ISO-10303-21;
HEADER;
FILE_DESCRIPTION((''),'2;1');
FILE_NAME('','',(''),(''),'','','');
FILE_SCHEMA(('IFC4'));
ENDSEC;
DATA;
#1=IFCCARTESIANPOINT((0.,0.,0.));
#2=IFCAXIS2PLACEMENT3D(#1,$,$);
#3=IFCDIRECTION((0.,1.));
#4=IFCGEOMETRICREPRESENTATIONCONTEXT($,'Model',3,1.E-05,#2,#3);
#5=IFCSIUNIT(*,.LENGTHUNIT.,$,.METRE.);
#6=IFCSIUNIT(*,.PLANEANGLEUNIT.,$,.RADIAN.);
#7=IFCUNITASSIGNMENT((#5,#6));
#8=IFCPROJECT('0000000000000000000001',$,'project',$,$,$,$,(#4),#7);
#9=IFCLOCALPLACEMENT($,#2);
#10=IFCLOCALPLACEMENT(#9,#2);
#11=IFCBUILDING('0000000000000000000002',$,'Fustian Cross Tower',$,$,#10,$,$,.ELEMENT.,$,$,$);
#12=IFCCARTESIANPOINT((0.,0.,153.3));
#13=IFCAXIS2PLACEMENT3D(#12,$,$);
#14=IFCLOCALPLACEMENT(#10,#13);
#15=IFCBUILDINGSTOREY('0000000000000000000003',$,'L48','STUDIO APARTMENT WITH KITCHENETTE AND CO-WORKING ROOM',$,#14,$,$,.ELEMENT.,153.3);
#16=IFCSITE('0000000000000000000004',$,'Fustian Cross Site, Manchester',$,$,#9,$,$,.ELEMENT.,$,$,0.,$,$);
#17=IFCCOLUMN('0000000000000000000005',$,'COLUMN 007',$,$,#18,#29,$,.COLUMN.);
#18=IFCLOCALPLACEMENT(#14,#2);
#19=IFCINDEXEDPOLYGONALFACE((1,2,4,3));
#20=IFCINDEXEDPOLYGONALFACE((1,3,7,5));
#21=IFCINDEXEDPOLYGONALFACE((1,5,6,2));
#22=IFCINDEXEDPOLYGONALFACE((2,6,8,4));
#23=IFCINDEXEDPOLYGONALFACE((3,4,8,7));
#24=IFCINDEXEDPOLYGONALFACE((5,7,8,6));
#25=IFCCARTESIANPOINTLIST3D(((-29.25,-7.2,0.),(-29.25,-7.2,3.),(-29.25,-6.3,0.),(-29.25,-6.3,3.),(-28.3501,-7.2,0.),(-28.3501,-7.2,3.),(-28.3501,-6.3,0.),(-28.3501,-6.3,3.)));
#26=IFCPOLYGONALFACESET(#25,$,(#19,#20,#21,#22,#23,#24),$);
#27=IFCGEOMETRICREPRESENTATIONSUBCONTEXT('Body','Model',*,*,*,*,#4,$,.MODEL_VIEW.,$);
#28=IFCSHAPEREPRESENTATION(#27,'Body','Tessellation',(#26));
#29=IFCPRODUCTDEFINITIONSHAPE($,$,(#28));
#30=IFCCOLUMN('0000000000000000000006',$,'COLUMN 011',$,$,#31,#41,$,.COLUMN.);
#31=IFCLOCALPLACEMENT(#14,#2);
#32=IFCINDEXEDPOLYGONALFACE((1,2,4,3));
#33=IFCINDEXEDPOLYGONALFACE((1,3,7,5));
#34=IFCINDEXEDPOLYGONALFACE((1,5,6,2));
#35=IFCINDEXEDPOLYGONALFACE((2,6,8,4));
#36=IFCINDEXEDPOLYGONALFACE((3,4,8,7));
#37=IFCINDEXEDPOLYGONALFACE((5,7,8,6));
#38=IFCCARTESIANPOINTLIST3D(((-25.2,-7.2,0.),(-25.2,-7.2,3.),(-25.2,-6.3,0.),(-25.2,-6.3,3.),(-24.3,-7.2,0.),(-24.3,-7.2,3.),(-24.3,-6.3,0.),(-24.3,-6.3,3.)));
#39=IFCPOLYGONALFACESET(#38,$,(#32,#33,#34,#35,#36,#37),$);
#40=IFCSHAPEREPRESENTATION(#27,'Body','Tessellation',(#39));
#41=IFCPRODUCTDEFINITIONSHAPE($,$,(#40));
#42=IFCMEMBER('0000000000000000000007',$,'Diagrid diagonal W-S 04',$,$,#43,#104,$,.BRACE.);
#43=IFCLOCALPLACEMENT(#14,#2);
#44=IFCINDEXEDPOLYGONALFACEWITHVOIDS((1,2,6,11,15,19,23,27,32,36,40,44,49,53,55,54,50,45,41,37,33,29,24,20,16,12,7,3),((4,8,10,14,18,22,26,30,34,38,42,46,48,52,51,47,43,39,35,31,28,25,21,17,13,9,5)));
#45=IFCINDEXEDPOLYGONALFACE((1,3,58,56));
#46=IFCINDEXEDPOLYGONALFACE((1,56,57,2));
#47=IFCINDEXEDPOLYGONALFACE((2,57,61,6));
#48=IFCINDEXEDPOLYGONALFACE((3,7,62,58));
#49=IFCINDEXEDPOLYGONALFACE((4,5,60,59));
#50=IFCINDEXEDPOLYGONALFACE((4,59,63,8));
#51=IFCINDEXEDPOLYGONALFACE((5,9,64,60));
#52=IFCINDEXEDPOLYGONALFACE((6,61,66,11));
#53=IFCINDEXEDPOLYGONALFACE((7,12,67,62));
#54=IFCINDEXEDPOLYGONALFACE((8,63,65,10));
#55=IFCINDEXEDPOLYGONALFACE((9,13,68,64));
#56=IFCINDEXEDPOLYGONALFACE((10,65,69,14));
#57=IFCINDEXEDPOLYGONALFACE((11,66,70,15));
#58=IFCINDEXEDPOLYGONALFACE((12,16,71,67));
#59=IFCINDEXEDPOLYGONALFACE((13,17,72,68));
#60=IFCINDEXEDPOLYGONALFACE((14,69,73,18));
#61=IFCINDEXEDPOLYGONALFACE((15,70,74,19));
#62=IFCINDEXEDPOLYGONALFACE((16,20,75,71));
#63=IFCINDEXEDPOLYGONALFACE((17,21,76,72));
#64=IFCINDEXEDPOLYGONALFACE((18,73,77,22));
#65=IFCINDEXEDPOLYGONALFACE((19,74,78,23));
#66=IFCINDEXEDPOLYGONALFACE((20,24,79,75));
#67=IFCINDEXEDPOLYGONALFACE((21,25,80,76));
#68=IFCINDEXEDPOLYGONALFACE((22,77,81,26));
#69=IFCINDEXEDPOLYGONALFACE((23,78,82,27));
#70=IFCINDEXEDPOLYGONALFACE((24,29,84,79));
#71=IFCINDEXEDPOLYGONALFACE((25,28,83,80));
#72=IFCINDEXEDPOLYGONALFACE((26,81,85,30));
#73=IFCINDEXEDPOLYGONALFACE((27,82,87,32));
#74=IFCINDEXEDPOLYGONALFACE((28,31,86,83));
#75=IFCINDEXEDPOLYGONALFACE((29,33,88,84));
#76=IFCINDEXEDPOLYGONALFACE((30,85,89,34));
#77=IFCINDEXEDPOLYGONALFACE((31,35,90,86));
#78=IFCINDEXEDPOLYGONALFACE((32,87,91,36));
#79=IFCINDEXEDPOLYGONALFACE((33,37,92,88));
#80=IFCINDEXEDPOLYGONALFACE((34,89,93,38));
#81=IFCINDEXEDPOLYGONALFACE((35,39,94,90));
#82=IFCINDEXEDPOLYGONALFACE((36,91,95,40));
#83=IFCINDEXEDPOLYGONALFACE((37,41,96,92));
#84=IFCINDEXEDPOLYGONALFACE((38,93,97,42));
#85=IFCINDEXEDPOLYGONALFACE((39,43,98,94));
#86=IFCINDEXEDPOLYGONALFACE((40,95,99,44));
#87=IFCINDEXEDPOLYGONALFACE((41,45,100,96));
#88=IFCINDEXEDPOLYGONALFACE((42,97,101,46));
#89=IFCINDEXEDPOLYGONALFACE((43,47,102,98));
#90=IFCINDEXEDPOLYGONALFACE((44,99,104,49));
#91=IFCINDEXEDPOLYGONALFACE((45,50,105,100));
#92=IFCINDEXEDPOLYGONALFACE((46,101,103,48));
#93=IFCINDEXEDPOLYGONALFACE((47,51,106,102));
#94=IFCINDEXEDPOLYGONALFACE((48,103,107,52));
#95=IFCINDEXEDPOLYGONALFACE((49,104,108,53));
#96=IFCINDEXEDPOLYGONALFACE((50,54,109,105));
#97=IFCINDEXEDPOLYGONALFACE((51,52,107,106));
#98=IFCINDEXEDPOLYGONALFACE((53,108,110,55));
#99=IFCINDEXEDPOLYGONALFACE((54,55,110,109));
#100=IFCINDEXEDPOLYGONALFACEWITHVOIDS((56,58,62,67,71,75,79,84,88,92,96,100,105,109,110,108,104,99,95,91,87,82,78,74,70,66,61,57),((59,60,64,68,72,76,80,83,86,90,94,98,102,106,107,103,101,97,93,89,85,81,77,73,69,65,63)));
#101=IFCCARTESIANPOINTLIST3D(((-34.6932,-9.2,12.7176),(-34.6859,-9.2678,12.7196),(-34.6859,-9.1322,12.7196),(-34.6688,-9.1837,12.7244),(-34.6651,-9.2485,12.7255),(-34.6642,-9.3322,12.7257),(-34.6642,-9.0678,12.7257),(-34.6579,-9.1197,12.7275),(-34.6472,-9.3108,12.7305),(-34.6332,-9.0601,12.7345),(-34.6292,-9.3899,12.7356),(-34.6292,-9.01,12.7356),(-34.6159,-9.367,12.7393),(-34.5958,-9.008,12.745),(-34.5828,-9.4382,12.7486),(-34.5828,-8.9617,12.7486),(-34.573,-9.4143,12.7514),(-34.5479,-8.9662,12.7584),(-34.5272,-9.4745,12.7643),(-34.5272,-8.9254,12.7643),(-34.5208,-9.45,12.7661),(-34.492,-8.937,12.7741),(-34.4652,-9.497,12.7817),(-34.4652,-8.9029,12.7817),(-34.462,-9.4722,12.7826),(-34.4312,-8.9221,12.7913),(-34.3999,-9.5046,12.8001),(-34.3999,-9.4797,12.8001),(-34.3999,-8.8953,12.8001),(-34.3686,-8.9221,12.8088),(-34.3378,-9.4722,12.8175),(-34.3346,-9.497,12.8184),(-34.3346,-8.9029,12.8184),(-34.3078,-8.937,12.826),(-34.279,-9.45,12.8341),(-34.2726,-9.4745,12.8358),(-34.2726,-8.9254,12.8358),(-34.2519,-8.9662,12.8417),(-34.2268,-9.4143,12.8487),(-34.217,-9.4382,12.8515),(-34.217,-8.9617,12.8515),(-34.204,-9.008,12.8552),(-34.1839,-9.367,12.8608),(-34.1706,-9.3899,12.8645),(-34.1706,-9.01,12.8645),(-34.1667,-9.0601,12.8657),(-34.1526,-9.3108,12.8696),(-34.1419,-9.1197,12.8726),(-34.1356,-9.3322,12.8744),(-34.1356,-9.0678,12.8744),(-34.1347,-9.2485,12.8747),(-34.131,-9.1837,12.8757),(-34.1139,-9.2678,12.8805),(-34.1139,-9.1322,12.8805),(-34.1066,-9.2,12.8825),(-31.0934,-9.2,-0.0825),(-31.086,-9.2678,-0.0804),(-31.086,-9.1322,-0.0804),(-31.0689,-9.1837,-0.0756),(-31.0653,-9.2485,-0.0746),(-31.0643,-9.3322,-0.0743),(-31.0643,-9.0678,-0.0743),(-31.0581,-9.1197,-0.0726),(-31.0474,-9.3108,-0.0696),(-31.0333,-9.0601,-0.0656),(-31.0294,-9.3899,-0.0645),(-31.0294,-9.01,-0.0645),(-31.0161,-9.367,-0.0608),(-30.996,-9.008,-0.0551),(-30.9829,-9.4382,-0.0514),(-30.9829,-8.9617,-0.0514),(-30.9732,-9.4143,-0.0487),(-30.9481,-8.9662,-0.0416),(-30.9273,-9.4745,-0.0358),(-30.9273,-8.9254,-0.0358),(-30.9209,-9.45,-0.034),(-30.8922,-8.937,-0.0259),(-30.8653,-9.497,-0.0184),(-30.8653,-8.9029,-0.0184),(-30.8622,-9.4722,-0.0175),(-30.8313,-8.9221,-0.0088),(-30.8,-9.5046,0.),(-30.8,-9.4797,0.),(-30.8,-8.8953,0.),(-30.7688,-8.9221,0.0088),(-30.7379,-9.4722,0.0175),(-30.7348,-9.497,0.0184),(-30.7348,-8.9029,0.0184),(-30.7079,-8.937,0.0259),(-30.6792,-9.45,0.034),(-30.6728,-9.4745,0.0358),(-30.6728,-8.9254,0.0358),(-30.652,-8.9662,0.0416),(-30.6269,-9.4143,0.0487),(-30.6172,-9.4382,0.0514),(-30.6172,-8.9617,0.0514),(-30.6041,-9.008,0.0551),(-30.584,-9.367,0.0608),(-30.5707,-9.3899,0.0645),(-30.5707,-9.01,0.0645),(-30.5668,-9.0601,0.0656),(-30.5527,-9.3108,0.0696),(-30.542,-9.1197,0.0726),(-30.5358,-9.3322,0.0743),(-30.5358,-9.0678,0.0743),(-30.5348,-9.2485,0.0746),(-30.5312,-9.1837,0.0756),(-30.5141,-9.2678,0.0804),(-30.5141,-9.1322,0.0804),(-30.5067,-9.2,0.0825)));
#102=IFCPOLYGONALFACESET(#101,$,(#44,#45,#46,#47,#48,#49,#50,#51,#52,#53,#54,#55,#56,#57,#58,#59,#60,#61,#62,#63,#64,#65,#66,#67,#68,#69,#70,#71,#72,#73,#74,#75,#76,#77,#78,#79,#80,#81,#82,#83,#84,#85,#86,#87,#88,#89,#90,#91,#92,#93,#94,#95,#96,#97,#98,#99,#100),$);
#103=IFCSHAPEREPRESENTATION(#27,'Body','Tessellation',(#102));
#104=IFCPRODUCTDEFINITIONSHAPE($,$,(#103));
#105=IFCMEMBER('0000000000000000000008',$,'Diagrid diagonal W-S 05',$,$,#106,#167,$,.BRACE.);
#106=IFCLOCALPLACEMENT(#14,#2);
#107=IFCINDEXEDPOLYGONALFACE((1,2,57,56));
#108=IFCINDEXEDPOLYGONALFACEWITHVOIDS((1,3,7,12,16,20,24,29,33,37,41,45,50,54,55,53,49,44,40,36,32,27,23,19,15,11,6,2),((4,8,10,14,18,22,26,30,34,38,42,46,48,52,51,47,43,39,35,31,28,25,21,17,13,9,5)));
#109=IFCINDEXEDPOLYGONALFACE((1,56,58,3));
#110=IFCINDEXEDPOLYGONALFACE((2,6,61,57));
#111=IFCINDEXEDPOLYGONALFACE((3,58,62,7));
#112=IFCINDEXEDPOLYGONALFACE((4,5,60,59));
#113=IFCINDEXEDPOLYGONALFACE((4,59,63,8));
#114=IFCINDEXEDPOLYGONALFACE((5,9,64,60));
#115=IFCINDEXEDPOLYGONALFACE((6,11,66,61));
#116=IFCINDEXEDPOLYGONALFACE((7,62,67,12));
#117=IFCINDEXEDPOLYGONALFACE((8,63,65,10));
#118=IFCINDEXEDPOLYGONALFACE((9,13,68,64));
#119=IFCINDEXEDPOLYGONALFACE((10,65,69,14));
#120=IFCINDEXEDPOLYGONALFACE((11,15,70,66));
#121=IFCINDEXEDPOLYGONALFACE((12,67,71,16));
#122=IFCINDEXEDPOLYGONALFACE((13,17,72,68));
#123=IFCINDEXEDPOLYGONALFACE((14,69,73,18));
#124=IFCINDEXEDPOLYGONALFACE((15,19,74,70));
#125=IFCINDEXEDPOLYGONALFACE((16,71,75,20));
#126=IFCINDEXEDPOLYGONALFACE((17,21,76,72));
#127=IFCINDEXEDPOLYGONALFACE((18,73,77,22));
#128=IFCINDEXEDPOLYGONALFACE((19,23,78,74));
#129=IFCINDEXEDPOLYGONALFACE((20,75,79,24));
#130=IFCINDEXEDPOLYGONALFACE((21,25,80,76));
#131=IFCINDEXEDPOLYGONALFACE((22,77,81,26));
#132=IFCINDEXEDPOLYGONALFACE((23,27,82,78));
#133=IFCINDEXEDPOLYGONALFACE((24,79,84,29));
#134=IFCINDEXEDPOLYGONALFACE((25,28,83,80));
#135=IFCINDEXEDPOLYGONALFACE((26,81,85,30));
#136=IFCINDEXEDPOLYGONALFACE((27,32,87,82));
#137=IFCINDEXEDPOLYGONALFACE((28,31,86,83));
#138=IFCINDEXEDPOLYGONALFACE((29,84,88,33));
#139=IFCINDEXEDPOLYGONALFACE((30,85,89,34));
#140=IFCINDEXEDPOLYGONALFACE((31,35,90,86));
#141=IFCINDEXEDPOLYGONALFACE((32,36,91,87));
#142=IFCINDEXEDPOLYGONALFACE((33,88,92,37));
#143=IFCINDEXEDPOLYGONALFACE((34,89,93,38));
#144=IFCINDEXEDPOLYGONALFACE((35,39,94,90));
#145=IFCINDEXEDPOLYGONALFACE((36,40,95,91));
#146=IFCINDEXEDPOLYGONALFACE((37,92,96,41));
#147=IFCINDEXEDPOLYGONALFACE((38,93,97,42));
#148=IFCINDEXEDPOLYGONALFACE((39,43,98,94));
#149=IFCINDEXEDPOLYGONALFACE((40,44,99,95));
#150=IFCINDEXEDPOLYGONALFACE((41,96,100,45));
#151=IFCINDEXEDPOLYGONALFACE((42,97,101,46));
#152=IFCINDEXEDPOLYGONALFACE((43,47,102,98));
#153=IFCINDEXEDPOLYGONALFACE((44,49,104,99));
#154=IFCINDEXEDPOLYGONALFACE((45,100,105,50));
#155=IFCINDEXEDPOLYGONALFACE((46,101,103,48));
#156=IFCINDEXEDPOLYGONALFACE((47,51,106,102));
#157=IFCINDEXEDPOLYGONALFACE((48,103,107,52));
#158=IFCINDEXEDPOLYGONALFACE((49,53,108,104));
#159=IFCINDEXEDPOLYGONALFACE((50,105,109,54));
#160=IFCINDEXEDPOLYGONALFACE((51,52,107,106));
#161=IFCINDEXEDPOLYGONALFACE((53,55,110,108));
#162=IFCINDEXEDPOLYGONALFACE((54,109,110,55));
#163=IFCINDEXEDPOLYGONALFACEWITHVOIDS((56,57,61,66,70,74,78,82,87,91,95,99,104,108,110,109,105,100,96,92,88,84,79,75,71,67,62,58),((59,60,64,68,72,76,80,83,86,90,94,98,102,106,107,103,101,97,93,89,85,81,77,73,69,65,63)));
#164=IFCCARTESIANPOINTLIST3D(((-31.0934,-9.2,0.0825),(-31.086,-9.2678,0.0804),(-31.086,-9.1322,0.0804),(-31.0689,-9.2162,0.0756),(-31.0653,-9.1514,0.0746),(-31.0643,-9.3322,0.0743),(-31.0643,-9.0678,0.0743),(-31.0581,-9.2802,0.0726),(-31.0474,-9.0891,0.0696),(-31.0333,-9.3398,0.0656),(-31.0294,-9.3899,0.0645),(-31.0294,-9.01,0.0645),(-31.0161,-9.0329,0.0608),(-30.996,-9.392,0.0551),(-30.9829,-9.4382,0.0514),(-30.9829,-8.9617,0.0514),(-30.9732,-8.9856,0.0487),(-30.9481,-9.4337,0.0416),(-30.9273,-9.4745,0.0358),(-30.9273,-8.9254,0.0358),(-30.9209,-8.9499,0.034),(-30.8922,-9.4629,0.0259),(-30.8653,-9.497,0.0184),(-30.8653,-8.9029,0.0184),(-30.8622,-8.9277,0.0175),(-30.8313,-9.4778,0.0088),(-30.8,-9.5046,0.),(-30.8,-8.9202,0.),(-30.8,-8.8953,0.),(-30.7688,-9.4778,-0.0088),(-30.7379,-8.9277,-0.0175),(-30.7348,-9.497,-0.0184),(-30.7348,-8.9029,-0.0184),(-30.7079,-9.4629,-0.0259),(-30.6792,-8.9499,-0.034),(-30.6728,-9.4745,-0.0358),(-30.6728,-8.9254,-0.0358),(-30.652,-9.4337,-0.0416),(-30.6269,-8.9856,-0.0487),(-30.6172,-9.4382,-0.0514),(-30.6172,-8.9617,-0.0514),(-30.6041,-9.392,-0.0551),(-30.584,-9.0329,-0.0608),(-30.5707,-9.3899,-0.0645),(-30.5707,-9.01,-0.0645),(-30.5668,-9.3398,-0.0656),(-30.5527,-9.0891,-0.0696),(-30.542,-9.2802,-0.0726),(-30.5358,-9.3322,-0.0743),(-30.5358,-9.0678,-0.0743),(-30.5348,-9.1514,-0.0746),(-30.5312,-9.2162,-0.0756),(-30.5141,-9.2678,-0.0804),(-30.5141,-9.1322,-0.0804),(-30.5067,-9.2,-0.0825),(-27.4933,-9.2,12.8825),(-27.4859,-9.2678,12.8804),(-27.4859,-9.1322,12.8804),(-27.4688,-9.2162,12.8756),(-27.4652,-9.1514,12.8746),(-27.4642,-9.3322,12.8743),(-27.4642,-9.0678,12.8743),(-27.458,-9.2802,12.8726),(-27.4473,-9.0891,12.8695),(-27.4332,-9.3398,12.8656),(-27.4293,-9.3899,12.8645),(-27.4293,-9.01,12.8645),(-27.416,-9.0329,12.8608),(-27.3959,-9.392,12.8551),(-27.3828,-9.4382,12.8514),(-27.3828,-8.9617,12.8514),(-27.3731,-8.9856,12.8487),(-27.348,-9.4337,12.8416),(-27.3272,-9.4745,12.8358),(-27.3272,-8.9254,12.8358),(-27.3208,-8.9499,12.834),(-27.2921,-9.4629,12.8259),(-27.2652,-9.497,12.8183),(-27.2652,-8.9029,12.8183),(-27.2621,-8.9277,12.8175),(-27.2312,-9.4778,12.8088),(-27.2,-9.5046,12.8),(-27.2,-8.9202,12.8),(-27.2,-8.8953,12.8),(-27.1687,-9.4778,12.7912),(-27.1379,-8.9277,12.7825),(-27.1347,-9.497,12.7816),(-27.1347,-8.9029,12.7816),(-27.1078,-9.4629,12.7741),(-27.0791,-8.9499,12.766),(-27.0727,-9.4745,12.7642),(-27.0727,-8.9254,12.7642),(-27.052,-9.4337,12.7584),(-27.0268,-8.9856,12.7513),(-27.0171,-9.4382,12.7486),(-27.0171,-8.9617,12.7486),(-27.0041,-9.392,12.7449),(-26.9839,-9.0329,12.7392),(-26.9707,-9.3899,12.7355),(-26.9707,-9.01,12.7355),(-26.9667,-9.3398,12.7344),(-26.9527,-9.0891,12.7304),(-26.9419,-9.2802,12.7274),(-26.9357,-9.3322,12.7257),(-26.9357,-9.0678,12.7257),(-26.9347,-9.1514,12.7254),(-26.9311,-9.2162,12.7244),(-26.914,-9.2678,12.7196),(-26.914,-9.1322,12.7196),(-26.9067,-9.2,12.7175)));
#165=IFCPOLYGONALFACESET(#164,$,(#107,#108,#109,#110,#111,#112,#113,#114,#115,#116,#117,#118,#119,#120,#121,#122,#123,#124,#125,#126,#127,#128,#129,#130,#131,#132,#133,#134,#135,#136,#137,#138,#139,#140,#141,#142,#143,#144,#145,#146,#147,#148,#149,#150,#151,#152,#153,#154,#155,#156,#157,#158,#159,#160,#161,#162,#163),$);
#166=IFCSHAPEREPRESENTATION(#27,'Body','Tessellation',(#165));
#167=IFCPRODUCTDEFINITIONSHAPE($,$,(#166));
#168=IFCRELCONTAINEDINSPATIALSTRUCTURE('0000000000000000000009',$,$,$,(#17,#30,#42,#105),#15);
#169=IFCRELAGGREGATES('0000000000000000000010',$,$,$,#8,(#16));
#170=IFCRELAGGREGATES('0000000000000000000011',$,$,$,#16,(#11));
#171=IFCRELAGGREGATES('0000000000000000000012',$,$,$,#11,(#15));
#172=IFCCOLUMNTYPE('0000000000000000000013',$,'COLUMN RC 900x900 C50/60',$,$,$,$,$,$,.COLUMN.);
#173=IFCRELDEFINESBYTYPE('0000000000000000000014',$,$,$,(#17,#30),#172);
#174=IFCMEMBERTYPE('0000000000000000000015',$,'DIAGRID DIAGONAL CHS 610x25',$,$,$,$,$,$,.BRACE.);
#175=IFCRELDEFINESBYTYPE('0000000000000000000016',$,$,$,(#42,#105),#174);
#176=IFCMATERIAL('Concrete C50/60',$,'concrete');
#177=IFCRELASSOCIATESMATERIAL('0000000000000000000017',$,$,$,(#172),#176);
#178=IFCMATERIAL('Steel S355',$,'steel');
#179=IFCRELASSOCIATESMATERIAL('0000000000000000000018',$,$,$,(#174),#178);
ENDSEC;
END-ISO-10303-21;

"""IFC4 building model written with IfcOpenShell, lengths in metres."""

from ifc_helpers import new_model, si_unit, direction, frame, origin, origin_2d, place, context, subcontext, project, spatial, rectangle, hollow_circle, extrude, material, material_profile, profile_set, type_object, element, save


model = new_model("IFC4")

# Units and contexts
model_context = context("Model", 3, precision=1e-05, world=origin(), true_north=direction((0.0, 1.0)))
body_context = subcontext(model_context, "Body", "Model", "MODEL_VIEW")
ifc_project = project(units=[si_unit("LENGTHUNIT", "METRE"), si_unit("PLANEANGLEUNIT", "RADIAN")], contexts=[model_context])

# Site, building, storey
site_placement = place(None, origin())
site = spatial("IfcSite", under=ifc_project, at=site_placement, Name="Fustian Cross Site, Manchester", CompositionType="ELEMENT", RefElevation=0.0)
building_placement = place(site_placement, origin())
building = spatial("IfcBuilding", under=site, at=building_placement, Name="Fustian Cross Tower", CompositionType="ELEMENT")
storey_placement = place(building_placement, frame((0.0, 0.0, 153.3)))
storey = spatial("IfcBuildingStorey", under=building, at=storey_placement, Name="L48", Description="STUDIO APARTMENT WITH KITCHENETTE AND CO-WORKING ROOM", CompositionType="ELEMENT", Elevation=153.3)

# Columns
ifc_material_1 = material(Name="Concrete C50/60", Category="concrete")
ifc_material_profile_1 = material_profile(ifc_material_1, rectangle(XDim=0.8999, YDim=0.8999, at=origin_2d()), Name="RC 900x900")
ifc_profile_set_1 = profile_set([ifc_material_profile_1], Name="Concrete C50/60")
column_type = type_object("IfcColumnType", Name="COLUMN RC 900x900 C50/60", PredefinedType="COLUMN", material=ifc_profile_set_1)
for number, where, z_axis, x_axis, name in (
    (1, (-28.8, -6.75, 0.0), (0.0, 0.0, 1.0), (1.0, 0.0, 0.0), "COLUMN 007"),
    (2, (-24.75, -6.75, 0.0), (0.0, 0.0, 1.0), (1.0, 0.0, 0.0), "COLUMN 011"),
):
    element("IfcColumn", number, at=place(storey_placement, frame(where, z_axis=z_axis, x_axis=x_axis)), inside=storey, type_object=column_type, Name=name, PredefinedType="COLUMN", context=body_context, shape_type="SweptSolid", body=[
        extrude(rectangle(XDim=0.8999, YDim=0.8999, at=origin_2d()), origin(), (0.0, 0.0, 1.0), 3.0),
    ])

# Members
ifc_material_2 = material(Name="Steel S355", Category="steel")
ifc_material_profile_2 = material_profile(ifc_material_2, hollow_circle(Radius=0.3047, WallThickness=0.0249, at=origin_2d()), Name="CHS 610x25")
ifc_profile_set_2 = profile_set([ifc_material_profile_2], Name="Steel S355")
member_type = type_object("IfcMemberType", Name="DIAGRID DIAGONAL CHS 610x25", PredefinedType="BRACE", material=ifc_profile_set_2)
for number, where, z_axis, x_axis, name in (
    (3, (-30.8, -9.2, 0.0), (-0.270734, 0.0, 0.962654), (0.0, -1.0, 0.0), "Diagrid diagonal W-S 04"),
    (4, (-30.8, -9.2, 0.0), (0.270751, 0.0, 0.962649), (0.0, 1.0, 0.0), "Diagrid diagonal W-S 05"),
):
    element("IfcMember", number, at=place(storey_placement, frame(where, z_axis=z_axis, x_axis=x_axis)), inside=storey, type_object=member_type, Name=name, PredefinedType="BRACE", context=body_context, shape_type="SweptSolid", body=[
        extrude(hollow_circle(Radius=0.3047, WallThickness=0.0249, at=origin_2d()), origin(), (0.0, 0.0, 1.0), 13.2966),
    ])

save(model, "model.ifc")
